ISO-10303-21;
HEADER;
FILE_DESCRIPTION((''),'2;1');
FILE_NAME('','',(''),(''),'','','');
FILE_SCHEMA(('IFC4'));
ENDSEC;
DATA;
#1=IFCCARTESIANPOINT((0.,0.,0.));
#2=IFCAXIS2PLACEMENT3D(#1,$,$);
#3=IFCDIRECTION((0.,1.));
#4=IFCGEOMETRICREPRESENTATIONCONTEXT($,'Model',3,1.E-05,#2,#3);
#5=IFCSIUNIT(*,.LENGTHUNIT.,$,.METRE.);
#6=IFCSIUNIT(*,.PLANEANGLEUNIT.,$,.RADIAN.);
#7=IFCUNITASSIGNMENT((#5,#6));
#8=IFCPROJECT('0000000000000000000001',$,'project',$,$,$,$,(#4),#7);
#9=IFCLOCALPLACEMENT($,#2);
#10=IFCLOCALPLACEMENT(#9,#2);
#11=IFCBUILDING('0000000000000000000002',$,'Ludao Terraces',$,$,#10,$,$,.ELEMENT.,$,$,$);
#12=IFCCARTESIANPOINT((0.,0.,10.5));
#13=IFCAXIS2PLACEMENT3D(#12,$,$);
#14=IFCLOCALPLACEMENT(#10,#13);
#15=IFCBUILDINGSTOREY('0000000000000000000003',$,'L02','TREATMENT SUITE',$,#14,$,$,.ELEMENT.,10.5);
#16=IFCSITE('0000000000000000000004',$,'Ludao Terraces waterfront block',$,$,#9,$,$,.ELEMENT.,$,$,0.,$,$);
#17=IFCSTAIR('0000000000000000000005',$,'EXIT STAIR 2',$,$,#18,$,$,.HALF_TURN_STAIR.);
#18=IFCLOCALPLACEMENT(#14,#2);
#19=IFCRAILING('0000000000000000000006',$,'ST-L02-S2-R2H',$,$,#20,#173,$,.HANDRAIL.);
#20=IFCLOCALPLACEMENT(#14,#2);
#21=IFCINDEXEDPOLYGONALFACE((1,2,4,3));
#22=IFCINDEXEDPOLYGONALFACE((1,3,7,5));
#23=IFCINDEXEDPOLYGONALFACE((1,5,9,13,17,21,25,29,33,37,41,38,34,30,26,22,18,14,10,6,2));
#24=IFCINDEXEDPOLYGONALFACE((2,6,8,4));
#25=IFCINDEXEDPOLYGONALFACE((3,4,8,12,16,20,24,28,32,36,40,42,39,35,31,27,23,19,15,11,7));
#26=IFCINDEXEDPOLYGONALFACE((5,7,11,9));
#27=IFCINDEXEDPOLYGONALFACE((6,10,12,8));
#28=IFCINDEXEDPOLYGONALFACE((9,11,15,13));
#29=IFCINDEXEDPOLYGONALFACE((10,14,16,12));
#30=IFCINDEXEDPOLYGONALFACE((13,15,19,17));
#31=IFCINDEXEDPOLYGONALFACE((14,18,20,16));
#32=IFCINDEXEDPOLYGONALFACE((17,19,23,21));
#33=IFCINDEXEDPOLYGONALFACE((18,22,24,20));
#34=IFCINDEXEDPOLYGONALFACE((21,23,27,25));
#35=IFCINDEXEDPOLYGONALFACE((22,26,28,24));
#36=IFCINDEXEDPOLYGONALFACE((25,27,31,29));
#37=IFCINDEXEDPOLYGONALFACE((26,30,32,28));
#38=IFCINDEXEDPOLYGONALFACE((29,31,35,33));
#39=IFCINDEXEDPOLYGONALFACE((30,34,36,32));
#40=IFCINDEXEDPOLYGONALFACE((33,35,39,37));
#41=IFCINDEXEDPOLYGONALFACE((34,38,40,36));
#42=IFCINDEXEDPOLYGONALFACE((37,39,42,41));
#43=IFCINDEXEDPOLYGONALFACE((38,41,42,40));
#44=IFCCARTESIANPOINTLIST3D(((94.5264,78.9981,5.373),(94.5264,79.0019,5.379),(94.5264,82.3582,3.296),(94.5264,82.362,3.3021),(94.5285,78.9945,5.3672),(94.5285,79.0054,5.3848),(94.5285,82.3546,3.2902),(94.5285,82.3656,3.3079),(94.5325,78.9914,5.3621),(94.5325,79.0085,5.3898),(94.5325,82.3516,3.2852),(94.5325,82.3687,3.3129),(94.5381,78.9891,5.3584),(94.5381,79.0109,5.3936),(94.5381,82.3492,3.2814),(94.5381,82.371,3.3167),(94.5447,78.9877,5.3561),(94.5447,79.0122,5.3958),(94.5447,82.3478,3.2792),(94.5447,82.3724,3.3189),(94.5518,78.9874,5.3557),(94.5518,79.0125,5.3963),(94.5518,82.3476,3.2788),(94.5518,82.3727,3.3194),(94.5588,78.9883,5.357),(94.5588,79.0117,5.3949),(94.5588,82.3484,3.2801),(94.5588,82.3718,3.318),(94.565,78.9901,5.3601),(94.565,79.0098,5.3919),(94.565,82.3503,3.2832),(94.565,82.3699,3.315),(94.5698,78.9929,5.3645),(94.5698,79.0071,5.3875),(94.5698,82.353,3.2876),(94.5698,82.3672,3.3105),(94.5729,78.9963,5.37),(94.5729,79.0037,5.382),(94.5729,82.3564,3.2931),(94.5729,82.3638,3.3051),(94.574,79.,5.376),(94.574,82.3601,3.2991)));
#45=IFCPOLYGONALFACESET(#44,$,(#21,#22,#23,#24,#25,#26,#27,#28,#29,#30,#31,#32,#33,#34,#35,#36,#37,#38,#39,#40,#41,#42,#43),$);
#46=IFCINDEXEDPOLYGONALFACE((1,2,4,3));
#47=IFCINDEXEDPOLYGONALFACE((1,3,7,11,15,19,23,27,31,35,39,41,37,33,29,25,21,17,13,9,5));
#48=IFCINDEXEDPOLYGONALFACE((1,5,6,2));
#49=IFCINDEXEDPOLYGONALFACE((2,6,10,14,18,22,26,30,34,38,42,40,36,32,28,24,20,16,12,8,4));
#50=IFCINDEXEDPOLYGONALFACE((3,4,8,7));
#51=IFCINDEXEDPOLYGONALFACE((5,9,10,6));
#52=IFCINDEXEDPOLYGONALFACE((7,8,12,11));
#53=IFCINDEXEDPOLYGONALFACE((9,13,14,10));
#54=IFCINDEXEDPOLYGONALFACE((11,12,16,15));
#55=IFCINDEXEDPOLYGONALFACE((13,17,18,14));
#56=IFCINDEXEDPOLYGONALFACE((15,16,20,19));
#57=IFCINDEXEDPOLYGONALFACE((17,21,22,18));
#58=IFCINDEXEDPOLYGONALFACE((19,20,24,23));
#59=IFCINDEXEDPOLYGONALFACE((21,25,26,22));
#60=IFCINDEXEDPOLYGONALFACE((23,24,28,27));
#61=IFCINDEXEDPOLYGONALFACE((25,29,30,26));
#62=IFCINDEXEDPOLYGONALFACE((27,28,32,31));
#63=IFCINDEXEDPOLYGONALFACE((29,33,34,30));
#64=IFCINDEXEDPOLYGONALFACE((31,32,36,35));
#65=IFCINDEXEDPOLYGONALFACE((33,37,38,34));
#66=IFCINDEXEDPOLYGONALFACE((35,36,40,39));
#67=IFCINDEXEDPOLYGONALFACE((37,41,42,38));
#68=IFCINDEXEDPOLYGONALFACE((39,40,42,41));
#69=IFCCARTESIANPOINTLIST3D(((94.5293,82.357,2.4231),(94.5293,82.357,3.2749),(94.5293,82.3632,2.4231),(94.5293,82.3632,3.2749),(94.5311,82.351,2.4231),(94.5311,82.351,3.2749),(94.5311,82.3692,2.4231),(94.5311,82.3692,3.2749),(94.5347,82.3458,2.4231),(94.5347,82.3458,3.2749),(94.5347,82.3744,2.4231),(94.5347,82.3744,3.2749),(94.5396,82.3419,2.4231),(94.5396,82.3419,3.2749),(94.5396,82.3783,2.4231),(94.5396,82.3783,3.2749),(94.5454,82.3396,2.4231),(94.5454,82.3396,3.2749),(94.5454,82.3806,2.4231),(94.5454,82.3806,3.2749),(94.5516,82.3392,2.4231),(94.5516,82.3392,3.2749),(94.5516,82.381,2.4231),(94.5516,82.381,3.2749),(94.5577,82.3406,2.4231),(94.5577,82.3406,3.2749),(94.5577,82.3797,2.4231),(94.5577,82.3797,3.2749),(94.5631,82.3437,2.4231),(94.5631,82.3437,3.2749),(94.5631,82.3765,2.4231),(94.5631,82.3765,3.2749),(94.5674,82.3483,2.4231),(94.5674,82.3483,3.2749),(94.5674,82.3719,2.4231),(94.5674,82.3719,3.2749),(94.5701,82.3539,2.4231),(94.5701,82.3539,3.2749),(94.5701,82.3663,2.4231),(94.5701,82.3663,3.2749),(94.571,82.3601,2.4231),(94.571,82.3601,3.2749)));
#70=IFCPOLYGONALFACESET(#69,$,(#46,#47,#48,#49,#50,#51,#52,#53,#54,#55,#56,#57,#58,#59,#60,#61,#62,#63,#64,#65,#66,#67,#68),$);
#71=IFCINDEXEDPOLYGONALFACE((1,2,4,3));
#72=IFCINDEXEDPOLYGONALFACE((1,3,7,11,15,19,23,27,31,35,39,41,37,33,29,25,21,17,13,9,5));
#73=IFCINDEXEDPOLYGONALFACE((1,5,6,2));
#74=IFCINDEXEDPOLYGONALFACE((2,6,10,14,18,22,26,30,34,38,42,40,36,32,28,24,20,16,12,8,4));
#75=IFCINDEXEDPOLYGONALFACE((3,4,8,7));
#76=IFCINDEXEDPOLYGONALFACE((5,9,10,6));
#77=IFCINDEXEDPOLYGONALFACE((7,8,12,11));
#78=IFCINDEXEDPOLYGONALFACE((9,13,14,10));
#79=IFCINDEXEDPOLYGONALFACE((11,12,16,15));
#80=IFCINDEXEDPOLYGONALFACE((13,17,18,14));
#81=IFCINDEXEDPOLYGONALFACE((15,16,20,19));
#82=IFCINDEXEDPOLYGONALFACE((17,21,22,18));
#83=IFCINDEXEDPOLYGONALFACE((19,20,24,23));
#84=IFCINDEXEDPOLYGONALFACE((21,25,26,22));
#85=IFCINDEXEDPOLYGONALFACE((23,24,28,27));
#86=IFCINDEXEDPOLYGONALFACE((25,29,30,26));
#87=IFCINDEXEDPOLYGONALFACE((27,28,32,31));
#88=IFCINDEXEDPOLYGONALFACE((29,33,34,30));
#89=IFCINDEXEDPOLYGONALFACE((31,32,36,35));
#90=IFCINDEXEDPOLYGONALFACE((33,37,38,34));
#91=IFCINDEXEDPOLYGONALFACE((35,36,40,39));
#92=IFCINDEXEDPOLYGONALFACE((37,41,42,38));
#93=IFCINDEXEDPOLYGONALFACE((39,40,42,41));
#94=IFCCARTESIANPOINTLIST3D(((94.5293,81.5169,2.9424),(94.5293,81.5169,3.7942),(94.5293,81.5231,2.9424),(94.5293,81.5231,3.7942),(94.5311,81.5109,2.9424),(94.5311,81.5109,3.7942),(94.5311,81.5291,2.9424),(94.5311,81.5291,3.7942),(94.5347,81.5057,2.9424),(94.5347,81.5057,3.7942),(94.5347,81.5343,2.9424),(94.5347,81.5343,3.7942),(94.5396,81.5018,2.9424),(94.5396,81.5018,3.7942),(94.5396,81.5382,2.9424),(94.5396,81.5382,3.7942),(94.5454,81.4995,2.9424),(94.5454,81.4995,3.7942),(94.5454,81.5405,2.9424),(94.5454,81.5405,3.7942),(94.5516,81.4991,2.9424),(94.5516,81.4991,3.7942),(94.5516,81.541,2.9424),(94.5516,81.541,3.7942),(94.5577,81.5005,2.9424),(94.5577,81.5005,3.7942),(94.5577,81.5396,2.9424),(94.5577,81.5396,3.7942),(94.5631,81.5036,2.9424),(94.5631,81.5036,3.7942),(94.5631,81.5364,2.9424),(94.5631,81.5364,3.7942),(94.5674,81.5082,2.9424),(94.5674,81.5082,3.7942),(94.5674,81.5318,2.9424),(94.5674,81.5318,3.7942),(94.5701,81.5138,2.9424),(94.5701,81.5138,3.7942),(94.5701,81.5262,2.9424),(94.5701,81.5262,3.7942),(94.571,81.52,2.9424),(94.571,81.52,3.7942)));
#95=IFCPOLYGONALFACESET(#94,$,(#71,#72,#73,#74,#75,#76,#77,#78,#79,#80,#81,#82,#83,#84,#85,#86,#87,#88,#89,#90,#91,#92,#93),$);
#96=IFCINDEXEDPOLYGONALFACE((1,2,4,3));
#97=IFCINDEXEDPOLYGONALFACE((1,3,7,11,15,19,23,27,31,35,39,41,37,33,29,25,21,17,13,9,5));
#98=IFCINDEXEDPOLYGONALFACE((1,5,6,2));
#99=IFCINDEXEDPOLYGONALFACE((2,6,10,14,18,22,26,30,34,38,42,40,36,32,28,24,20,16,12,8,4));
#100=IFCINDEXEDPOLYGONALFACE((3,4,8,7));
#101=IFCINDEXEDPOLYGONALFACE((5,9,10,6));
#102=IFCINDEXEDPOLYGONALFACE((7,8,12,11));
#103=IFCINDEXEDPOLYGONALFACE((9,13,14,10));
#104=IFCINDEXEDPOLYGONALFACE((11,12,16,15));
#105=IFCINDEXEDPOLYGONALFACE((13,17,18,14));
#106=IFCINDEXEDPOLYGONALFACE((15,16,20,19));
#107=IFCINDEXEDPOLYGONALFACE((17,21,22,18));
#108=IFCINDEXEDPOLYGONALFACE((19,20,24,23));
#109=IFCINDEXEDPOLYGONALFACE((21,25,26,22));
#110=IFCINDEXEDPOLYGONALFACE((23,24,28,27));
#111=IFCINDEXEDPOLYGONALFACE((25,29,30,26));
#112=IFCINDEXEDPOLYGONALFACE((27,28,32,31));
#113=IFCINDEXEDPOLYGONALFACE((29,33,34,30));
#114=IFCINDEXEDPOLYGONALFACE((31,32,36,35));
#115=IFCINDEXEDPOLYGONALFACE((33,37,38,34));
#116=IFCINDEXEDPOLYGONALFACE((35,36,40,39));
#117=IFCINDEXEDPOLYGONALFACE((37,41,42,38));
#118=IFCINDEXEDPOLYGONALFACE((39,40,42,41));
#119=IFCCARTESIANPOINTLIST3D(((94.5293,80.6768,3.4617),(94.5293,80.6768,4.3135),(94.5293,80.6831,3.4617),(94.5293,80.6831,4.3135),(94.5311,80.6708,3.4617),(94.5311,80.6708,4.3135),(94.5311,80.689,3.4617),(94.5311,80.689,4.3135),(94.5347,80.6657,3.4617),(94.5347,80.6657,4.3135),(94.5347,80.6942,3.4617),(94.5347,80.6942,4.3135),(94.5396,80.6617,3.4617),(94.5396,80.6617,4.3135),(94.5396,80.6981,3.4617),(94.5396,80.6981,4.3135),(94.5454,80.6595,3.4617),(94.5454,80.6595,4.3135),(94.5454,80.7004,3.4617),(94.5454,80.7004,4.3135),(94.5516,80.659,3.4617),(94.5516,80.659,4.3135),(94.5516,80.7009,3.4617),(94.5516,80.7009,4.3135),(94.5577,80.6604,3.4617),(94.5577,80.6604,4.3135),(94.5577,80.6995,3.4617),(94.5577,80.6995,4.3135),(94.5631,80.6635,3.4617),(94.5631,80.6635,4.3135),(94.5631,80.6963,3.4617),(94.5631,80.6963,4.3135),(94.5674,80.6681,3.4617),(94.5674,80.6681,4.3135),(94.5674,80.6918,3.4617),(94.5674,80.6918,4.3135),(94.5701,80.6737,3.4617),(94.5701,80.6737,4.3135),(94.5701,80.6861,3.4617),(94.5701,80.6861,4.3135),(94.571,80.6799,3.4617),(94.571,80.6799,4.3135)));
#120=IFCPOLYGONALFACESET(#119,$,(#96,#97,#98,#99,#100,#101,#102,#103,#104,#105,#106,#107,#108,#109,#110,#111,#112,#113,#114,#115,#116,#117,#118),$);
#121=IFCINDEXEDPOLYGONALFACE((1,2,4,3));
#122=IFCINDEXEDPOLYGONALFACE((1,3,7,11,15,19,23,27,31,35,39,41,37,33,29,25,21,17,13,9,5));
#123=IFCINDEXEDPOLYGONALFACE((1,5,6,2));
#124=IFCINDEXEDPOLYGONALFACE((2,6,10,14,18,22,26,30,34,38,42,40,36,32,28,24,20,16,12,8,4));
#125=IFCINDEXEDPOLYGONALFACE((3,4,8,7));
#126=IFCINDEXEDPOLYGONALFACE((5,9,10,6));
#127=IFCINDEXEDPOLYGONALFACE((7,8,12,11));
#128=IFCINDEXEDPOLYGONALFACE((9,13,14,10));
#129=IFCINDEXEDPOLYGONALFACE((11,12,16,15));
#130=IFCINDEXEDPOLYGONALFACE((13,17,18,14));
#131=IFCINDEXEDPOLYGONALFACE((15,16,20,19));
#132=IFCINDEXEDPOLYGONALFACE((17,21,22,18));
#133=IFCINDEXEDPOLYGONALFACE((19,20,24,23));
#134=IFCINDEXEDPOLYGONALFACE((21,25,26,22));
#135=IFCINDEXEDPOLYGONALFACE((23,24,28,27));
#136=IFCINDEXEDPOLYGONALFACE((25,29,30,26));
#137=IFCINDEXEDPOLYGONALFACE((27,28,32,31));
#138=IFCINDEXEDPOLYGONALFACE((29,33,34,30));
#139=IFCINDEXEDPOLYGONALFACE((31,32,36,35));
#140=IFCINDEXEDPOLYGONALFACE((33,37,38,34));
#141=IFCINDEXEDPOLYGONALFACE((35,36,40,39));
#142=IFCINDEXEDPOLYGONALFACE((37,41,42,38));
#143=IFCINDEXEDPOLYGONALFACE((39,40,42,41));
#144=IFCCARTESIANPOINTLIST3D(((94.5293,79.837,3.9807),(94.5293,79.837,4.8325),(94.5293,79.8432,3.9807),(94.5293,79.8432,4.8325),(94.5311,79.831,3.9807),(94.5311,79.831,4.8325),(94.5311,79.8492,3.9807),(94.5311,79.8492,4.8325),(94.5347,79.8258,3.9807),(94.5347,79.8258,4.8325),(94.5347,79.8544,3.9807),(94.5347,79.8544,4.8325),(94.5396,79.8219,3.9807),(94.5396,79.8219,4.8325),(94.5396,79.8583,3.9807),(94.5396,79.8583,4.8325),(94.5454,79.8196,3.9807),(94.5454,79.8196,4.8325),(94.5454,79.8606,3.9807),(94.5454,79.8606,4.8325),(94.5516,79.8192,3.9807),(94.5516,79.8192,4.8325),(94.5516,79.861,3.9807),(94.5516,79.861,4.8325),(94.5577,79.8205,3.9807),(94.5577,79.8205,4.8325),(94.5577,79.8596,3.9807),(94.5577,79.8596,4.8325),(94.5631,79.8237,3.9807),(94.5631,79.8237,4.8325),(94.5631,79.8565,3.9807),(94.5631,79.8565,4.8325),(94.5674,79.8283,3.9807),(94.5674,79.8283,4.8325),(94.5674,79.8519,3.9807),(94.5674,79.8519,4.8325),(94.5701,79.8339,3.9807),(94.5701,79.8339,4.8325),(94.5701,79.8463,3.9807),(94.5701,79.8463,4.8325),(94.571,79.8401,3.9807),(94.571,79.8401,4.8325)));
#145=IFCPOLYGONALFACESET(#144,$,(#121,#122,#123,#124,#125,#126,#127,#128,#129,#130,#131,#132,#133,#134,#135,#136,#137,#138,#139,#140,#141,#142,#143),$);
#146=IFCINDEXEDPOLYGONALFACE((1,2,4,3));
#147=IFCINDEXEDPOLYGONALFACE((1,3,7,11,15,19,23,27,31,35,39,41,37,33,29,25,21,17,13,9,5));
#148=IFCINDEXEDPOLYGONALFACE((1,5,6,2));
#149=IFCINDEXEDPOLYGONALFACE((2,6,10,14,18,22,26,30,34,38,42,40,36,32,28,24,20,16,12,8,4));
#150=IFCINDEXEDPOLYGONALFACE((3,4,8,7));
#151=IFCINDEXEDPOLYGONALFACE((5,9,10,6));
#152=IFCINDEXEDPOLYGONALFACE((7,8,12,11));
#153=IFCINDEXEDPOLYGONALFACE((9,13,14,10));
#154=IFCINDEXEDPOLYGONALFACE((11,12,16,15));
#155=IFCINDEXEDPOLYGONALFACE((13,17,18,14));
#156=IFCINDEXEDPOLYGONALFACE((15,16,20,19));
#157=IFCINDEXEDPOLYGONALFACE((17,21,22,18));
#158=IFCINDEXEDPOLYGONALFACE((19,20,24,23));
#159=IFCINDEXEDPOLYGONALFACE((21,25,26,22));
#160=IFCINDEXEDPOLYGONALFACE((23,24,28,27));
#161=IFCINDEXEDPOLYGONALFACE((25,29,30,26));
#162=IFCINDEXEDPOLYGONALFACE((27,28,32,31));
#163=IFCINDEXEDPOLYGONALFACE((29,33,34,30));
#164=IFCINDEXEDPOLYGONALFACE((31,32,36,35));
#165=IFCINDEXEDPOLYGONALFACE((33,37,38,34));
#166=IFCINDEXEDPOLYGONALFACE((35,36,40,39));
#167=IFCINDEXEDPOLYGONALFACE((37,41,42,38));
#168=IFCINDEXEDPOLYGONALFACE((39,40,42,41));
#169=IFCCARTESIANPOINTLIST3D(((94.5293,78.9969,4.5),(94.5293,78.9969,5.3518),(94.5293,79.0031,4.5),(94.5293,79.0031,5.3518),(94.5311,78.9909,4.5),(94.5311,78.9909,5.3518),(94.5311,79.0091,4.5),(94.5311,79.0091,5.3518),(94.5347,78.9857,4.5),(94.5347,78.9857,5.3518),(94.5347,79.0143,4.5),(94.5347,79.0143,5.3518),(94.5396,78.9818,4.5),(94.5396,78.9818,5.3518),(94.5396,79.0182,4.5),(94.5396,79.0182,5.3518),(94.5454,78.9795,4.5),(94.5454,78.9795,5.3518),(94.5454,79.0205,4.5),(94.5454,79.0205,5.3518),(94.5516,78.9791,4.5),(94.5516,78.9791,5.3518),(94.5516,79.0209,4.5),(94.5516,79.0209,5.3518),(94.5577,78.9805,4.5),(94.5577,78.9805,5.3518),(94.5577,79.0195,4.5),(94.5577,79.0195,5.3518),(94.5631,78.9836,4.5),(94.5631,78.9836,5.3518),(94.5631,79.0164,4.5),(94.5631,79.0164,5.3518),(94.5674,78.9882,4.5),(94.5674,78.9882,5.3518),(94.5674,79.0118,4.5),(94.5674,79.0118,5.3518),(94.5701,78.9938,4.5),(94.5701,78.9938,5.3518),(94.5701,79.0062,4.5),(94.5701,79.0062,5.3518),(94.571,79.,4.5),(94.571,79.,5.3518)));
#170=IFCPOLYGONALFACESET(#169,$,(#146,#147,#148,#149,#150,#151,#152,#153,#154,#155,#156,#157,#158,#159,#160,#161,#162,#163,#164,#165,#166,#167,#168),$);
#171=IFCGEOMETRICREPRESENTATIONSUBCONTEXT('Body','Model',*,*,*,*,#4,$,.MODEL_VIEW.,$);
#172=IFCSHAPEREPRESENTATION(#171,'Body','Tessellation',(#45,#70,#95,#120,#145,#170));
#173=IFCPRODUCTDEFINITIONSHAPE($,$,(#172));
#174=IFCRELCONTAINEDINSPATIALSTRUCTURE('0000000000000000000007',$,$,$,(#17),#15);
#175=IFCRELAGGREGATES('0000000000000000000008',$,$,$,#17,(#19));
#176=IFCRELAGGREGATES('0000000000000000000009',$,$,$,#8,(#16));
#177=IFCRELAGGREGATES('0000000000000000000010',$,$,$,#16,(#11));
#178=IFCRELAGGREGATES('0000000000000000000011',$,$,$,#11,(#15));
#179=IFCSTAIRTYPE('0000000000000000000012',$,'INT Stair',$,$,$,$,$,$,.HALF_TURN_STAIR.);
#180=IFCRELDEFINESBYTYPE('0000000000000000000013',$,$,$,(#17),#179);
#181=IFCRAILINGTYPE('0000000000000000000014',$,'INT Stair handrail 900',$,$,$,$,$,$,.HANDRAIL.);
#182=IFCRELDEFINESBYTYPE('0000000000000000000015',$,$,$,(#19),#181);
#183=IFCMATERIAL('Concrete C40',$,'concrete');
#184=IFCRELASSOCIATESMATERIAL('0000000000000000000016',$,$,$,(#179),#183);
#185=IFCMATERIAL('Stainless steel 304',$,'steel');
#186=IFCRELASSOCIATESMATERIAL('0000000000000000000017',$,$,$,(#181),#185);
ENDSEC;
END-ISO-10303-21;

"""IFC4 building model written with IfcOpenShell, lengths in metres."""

from ifc_helpers import new_model, si_unit, direction, frame, origin, origin_2d, place, context, subcontext, project, spatial, circle, extrude, material, type_object, element, aggregate, save


model = new_model("IFC4")

# Units and contexts
model_context = context("Model", 3, precision=1e-05, world=origin(), true_north=direction((0.0, 1.0)))
body_context = subcontext(model_context, "Body", "Model", "MODEL_VIEW")
ifc_project = project(units=[si_unit("LENGTHUNIT", "METRE"), si_unit("PLANEANGLEUNIT", "RADIAN")], contexts=[model_context])

# Site, building, storey
site_placement = place(None, origin())
site = spatial("IfcSite", under=ifc_project, at=site_placement, Name="Ludao Terraces waterfront block", CompositionType="ELEMENT", RefElevation=0.0)
building_placement = place(site_placement, origin())
building = spatial("IfcBuilding", under=site, at=building_placement, Name="Ludao Terraces", CompositionType="ELEMENT")
storey_placement = place(building_placement, frame((0.0, 0.0, 10.5)))
storey = spatial("IfcBuildingStorey", under=building, at=storey_placement, Name="L02", Description="TREATMENT SUITE", CompositionType="ELEMENT", Elevation=10.5)

# Shared definitions
ifc_material_1 = material(Name="Concrete C40", Category="concrete")

# Stair, railing
stair_type = type_object("IfcStairType", Name="INT Stair", PredefinedType="HALF_TURN_STAIR", material=ifc_material_1)
stair_placement = place(storey_placement, origin())
stair = element("IfcStair", 1, at=stair_placement, inside=storey, type_object=stair_type, Name="EXIT STAIR 2", PredefinedType="HALF_TURN_STAIR")
ifc_material_2 = material(Name="Stainless steel 304", Category="steel")
railing_type_1 = type_object("IfcRailingType", Name="INT Stair handrail 900", PredefinedType="HANDRAIL", material=ifc_material_2)
railing_1_placement = place(storey_placement, frame((94.55, 82.3601, 2.4231)))
railing_1 = element("IfcRailing", 2, at=railing_1_placement, type_object=railing_type_1, Name="ST-L02-S2-R2H", PredefinedType="HANDRAIL", context=body_context, shape_type="SweptSolid", body=[
    extrude(circle(Radius=0.0239, at=origin_2d()), frame((0.0, 0.0, 0.876), z_axis=(0.0, -0.850623, 0.525776), x_axis=(1.0, 0.0, 0.0)), (0.0, 0.0, 1.0), 3.9502),
    extrude(circle(Radius=0.021, at=origin_2d()), origin(), (0.0, 0.0, 1.0), 0.8518),
    extrude(circle(Radius=0.021, at=origin_2d()), frame((0.0, -0.8401, 0.5193)), (0.0, 0.0, 1.0), 0.8518),
    extrude(circle(Radius=0.021, at=origin_2d()), frame((0.0, -1.6802, 1.0386)), (0.0, 0.0, 1.0), 0.8518),
    extrude(circle(Radius=0.021, at=origin_2d()), frame((0.0, -2.52, 1.5576)), (0.0, 0.0, 1.0), 0.8518),
    extrude(circle(Radius=0.021, at=origin_2d()), frame((0.0, -3.3601, 2.0769)), (0.0, 0.0, 1.0), 0.8518),
])
aggregate(stair, [railing_1])

save(model, "model.ifc")
